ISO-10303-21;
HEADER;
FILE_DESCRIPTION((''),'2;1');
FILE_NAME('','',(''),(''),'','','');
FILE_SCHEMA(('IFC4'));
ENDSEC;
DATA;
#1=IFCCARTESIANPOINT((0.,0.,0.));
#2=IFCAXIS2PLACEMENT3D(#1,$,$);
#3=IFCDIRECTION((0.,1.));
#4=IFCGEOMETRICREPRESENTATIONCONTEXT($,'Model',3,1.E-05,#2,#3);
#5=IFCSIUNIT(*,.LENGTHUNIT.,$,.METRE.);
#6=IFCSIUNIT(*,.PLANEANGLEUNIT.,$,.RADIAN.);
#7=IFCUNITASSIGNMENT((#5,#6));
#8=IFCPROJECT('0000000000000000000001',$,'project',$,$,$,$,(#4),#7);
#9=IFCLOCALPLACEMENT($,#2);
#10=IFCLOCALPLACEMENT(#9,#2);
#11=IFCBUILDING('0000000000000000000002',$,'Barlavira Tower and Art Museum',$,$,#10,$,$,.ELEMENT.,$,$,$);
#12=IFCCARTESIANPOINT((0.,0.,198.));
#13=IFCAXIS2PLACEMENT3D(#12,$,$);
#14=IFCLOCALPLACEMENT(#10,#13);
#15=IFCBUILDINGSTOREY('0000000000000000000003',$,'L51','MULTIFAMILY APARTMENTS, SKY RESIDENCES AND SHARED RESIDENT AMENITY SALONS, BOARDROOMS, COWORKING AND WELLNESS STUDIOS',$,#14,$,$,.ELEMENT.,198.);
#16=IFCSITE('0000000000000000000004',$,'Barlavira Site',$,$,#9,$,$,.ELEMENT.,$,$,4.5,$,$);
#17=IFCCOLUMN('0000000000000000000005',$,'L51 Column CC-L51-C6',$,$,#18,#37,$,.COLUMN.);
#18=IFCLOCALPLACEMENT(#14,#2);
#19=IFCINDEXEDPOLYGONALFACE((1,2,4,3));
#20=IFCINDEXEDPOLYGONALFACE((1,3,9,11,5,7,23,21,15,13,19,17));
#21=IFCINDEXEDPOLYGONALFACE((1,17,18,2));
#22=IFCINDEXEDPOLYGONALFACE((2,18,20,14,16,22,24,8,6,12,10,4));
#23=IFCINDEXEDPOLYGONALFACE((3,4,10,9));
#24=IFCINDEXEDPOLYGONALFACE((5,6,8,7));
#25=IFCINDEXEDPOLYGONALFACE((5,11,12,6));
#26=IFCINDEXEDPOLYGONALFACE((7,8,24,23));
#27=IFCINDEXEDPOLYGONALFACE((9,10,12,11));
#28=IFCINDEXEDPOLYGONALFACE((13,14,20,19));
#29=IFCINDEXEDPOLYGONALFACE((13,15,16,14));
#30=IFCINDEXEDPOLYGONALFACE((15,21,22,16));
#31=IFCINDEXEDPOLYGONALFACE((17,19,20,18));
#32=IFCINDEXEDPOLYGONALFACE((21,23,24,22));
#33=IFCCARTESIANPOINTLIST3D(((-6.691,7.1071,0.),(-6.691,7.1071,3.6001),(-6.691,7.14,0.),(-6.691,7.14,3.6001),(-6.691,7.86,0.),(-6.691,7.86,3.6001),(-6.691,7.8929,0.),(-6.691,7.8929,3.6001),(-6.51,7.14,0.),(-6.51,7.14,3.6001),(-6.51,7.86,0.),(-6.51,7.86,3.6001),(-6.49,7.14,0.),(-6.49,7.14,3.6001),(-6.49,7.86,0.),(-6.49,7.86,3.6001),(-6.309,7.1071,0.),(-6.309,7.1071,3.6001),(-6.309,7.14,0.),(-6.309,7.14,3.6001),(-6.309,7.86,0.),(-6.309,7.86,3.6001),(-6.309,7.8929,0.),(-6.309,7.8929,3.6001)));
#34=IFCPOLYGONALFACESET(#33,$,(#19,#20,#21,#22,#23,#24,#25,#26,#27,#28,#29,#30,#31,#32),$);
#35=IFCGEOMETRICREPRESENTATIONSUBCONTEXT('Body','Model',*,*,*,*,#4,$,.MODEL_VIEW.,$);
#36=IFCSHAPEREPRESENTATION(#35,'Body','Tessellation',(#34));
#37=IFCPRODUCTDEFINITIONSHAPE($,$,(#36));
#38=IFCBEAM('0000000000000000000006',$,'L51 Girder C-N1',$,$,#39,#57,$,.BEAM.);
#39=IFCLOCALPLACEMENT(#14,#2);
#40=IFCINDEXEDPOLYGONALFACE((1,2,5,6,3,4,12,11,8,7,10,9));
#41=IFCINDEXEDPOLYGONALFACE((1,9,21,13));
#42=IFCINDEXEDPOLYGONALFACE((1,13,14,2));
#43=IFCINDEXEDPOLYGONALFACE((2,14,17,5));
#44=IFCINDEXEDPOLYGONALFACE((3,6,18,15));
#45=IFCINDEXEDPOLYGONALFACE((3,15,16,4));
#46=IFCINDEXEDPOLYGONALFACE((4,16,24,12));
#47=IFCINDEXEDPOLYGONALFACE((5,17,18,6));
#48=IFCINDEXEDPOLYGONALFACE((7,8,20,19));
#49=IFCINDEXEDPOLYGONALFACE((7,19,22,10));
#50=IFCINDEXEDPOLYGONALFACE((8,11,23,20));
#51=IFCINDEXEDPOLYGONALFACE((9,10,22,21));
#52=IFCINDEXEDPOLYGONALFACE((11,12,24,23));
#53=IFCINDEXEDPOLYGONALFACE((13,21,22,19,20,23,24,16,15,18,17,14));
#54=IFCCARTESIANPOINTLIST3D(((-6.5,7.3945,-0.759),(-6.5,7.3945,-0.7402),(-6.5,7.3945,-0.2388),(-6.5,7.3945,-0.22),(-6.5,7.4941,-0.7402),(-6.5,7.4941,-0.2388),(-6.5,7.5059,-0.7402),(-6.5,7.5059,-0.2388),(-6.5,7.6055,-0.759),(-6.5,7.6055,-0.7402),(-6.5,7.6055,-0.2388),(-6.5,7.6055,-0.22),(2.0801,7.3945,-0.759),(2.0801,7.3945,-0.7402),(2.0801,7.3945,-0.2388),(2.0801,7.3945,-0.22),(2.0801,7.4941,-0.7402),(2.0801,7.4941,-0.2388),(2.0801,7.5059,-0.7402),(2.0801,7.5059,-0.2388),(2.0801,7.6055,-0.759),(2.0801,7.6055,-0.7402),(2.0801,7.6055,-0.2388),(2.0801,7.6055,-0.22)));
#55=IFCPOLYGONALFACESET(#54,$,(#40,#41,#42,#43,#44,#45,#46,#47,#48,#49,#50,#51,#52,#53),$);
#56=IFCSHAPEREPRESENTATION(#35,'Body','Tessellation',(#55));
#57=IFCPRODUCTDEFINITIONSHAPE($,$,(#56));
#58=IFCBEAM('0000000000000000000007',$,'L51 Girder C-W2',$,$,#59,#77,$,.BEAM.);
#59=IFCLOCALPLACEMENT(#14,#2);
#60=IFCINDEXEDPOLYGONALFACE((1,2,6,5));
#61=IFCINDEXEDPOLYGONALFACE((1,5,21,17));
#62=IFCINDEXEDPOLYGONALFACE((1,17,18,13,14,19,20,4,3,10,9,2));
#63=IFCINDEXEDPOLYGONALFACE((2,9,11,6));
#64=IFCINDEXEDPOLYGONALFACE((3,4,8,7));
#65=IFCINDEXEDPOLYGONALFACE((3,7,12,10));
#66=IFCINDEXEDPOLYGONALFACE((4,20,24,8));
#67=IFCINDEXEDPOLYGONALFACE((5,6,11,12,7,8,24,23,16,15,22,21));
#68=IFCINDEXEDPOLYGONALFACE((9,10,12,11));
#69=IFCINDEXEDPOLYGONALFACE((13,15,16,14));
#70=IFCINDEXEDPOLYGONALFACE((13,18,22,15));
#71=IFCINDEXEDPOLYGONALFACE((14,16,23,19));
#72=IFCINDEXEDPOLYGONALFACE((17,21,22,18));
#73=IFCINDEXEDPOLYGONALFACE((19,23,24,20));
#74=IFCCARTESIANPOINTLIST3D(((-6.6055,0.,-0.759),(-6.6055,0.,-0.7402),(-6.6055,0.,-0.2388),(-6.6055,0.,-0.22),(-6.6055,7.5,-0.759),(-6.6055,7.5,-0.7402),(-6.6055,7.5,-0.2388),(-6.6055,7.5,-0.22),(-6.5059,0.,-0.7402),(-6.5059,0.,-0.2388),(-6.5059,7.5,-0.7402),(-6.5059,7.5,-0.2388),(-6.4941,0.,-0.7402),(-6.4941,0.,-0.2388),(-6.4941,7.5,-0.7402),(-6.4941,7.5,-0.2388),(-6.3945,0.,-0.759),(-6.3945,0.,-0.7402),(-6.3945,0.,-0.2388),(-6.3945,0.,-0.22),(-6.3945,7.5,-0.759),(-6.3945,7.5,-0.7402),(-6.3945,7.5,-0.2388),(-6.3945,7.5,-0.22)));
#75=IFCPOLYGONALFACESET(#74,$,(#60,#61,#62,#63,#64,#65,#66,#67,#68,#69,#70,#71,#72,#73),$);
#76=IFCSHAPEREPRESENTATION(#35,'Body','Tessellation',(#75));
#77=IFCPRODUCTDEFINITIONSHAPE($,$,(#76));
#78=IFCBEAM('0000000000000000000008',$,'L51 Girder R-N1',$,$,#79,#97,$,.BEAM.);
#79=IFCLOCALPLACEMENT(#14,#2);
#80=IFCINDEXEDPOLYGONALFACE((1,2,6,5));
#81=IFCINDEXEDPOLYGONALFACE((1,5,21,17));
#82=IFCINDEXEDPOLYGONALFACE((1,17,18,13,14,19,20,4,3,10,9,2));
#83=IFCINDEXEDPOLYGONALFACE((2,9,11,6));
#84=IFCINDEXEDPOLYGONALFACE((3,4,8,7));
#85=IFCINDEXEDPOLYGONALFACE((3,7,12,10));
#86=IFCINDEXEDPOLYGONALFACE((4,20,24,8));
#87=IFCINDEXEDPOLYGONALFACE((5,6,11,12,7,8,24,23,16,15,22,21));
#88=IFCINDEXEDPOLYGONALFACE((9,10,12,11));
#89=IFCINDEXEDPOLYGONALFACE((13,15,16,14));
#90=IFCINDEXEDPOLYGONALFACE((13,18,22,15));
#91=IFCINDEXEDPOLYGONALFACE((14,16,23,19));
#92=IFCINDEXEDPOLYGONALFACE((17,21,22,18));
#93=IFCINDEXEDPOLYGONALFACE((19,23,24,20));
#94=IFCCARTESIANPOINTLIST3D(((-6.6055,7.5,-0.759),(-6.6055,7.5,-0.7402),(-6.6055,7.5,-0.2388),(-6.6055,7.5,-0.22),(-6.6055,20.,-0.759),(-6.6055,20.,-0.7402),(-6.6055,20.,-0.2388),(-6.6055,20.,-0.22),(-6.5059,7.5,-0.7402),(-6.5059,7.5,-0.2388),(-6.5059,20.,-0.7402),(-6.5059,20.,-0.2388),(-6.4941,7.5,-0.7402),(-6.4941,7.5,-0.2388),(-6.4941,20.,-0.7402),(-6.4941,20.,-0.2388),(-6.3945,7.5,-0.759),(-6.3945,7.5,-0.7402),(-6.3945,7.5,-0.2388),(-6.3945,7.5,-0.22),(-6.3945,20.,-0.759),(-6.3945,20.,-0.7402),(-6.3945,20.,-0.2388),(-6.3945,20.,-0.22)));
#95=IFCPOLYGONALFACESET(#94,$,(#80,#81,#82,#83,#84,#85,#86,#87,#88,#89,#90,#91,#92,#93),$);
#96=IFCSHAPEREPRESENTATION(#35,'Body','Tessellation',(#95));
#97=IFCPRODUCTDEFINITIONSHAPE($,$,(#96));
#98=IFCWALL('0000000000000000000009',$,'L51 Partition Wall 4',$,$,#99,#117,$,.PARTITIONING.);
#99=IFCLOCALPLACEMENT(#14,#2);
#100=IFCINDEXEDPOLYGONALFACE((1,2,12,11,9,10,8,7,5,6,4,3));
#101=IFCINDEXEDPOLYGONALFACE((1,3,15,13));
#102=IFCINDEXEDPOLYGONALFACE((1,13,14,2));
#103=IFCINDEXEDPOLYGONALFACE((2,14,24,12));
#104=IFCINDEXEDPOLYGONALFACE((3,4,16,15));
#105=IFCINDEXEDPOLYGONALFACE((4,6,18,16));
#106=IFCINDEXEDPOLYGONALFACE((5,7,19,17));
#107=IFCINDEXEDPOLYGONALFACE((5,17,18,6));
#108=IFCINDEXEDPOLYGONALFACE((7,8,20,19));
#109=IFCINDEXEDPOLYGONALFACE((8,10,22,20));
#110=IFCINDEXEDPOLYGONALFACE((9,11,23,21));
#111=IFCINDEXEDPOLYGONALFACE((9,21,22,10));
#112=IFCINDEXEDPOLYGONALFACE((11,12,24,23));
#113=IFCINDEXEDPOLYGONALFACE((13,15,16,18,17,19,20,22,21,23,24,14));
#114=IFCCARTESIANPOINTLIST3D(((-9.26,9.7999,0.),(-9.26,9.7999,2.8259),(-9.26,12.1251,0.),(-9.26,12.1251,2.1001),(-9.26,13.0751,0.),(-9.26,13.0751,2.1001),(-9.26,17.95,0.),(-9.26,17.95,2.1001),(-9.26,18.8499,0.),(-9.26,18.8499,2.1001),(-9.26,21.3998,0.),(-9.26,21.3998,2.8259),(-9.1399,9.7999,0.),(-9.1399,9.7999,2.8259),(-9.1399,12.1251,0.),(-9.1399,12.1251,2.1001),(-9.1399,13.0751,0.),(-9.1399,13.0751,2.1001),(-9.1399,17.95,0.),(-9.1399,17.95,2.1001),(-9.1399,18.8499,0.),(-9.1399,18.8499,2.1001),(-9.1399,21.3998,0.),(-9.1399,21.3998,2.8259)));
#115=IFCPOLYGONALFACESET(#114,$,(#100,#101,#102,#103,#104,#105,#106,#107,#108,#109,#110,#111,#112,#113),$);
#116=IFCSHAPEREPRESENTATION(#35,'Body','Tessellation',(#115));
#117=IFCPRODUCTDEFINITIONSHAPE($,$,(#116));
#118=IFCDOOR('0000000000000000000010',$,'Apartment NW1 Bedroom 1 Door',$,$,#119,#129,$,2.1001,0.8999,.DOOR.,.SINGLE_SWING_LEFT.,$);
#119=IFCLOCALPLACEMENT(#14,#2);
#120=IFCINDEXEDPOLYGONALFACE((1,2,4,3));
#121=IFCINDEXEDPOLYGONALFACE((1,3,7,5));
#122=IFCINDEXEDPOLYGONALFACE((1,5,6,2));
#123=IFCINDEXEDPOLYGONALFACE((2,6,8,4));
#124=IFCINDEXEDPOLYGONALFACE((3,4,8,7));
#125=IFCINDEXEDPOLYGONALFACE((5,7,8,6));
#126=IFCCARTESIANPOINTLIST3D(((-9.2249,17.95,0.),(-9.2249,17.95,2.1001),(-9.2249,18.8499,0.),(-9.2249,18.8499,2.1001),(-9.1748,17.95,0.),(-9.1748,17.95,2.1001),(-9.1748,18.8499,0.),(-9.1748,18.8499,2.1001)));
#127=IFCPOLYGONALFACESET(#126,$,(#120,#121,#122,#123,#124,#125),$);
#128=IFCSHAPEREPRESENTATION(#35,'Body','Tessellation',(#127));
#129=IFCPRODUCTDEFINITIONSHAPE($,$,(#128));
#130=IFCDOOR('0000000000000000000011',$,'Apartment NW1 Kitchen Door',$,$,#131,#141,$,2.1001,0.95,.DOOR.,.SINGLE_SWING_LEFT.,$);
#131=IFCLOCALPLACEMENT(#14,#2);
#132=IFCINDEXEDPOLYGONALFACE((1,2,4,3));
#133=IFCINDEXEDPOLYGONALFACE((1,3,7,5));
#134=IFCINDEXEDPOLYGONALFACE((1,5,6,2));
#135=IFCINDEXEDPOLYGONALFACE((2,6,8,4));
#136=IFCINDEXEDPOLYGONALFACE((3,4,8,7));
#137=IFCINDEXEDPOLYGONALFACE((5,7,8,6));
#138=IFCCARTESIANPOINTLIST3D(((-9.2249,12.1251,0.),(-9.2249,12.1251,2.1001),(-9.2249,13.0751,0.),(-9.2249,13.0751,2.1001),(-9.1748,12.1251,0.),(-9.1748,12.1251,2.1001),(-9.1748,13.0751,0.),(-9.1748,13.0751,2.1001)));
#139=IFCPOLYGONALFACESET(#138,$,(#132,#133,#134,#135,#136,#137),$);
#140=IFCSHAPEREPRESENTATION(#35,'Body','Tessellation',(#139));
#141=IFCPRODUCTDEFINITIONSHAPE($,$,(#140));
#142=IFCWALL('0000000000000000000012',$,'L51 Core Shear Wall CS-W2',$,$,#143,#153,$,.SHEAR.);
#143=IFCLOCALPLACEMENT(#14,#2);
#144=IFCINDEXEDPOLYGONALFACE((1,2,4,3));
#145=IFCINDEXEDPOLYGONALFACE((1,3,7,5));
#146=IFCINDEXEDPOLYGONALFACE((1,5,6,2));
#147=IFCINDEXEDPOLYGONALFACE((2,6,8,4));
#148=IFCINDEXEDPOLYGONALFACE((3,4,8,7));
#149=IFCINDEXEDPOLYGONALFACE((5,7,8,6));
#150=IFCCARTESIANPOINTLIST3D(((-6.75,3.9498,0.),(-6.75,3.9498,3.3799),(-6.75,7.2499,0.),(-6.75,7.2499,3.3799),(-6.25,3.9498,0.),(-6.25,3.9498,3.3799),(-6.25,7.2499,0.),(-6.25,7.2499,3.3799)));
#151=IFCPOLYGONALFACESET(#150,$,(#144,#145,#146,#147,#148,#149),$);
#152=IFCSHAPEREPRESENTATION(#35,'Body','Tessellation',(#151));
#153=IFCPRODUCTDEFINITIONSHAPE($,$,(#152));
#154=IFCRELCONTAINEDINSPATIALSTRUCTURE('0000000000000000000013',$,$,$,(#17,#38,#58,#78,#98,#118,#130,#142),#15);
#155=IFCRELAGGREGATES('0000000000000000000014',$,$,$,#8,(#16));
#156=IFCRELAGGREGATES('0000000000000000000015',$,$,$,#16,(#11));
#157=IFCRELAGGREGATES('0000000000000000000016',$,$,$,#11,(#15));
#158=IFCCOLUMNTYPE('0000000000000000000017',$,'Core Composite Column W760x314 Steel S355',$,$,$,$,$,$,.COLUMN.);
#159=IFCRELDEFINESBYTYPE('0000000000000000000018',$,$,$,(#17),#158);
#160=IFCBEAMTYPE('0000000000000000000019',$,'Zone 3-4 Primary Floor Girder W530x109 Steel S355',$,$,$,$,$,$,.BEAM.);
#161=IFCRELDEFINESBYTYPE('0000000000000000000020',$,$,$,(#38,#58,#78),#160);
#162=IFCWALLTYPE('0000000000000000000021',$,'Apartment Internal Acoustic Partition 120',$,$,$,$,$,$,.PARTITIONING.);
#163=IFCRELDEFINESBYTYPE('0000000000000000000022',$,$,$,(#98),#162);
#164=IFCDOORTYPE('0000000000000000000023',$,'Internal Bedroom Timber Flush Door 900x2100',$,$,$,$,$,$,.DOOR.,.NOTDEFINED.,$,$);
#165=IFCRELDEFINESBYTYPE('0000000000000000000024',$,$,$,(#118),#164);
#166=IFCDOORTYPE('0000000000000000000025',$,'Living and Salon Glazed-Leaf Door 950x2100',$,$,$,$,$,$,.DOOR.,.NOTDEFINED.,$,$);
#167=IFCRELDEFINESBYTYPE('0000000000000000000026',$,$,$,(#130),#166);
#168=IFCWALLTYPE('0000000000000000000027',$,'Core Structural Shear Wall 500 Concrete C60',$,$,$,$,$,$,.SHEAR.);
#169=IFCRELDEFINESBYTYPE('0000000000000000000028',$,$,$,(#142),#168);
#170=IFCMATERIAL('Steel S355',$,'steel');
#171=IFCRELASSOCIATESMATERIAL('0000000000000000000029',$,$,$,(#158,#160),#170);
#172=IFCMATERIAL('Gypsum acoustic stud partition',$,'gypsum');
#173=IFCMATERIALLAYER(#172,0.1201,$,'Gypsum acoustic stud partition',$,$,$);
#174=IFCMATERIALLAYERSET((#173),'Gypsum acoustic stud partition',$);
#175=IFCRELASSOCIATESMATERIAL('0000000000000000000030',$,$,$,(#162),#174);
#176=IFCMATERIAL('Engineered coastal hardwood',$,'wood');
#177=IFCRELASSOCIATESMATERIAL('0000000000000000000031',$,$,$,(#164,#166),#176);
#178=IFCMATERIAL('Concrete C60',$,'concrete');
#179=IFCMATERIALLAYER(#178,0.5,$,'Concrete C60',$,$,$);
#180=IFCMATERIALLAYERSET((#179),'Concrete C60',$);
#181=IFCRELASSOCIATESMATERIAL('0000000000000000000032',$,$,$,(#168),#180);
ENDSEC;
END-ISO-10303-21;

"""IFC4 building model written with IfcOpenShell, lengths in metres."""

from ifc_helpers import new_model, si_unit, direction, frame, frame_2d, origin, origin_2d, place, context, subcontext, project, spatial, rectangle, i_section, extrude, material, layer, layer_set, material_profile, profile_set, type_object, element, fill, save


model = new_model("IFC4")

# Units and contexts
model_context = context("Model", 3, precision=1e-05, world=origin(), true_north=direction((0.0, 1.0)))
body_context = subcontext(model_context, "Body", "Model", "MODEL_VIEW")
ifc_project = project(units=[si_unit("LENGTHUNIT", "METRE"), si_unit("PLANEANGLEUNIT", "RADIAN")], contexts=[model_context])

# Site, building, storey
site_placement = place(None, origin())
site = spatial("IfcSite", under=ifc_project, at=site_placement, Name="Barlavira Site", CompositionType="ELEMENT", RefElevation=4.5)
building_placement = place(site_placement, origin())
building = spatial("IfcBuilding", under=site, at=building_placement, Name="Barlavira Tower and Art Museum", CompositionType="ELEMENT")
storey_placement = place(building_placement, frame((0.0, 0.0, 198.0)))
storey = spatial("IfcBuildingStorey", under=building, at=storey_placement, Name="L51", Description="MULTIFAMILY APARTMENTS, SKY RESIDENCES AND SHARED RESIDENT AMENITY SALONS, BOARDROOMS, COWORKING AND WELLNESS STUDIOS", CompositionType="ELEMENT", Elevation=198.0)

# Column
ifc_material_1 = material(Name="Steel S355", Category="steel")
ifc_material_profile_1 = material_profile(ifc_material_1, i_section(OverallWidth=0.3821, OverallDepth=0.7859, WebThickness=0.02, FlangeThickness=0.033, at=origin_2d()), Name="W760x314.0")
ifc_profile_set_1 = profile_set([ifc_material_profile_1], Name="Steel S355")
column_type = type_object("IfcColumnType", Name="Core Composite Column W760x314 Steel S355", PredefinedType="COLUMN", material=ifc_profile_set_1)
column_placement = place(storey_placement, frame((-6.5, 7.5, 0.0), z_axis=(0.0, 0.0, 1.0), x_axis=(1.0, 0.0, 0.0)))
element("IfcColumn", 1, at=column_placement, inside=storey, type_object=column_type, Name="L51 Column CC-L51-C6", PredefinedType="COLUMN", context=body_context, shape_type="SweptSolid", body=[
    extrude(i_section(OverallWidth=0.3821, OverallDepth=0.7859, WebThickness=0.02, FlangeThickness=0.033, at=origin_2d()), origin(), (0.0, 0.0, 1.0), 3.6001),
])

# Beams
ifc_material_profile_2 = material_profile(ifc_material_1, i_section(OverallWidth=0.2109, OverallDepth=0.5391, WebThickness=0.0117, FlangeThickness=0.0188, at=origin_2d()), Name="W530x109.0")
ifc_profile_set_2 = profile_set([ifc_material_profile_2], Name="Steel S355")
beam_type = type_object("IfcBeamType", Name="Zone 3-4 Primary Floor Girder W530x109 Steel S355", PredefinedType="BEAM", material=ifc_profile_set_2)
beam_1_placement = place(storey_placement, frame((-6.5, 7.5, -0.4895), z_axis=(1.0, 0.0, 0.0), x_axis=(0.0, 1.0, 0.0)))
element("IfcBeam", 2, at=beam_1_placement, inside=storey, type_object=beam_type, Name="L51 Girder C-N1", PredefinedType="BEAM", context=body_context, shape_type="SweptSolid", body=[
    extrude(i_section(OverallWidth=0.2109, OverallDepth=0.5391, WebThickness=0.0117, FlangeThickness=0.0188, at=origin_2d()), origin(), (0.0, 0.0, 1.0), 8.5801),
])
beam_2_placement = place(storey_placement, frame((-6.5, 0.0, -0.4895), z_axis=(0.0, 1.0, 0.0), x_axis=(-1.0, 0.0, 0.0)))
element("IfcBeam", 3, at=beam_2_placement, inside=storey, type_object=beam_type, Name="L51 Girder C-W2", PredefinedType="BEAM", context=body_context, shape_type="SweptSolid", body=[
    extrude(i_section(OverallWidth=0.2109, OverallDepth=0.5391, WebThickness=0.0117, FlangeThickness=0.0188, at=origin_2d()), origin(), (0.0, 0.0, 1.0), 7.5),
])
beam_3_placement = place(storey_placement, frame((-6.5, 7.5, -0.4895), z_axis=(0.0, 1.0, 0.0), x_axis=(-1.0, 0.0, 0.0)))
element("IfcBeam", 4, at=beam_3_placement, inside=storey, type_object=beam_type, Name="L51 Girder R-N1", PredefinedType="BEAM", context=body_context, shape_type="SweptSolid", body=[
    extrude(i_section(OverallWidth=0.2109, OverallDepth=0.5391, WebThickness=0.0117, FlangeThickness=0.0188, at=origin_2d()), origin(), (0.0, 0.0, 1.0), 12.5),
])

# Wall, openings, doors
ifc_material_2 = material(Name="Gypsum acoustic stud partition", Category="gypsum")
ifc_layer_1 = layer(ifc_material_2, 0.1201, Name="Gypsum acoustic stud partition")
ifc_layer_set_1 = layer_set([ifc_layer_1], Name="Gypsum acoustic stud partition")
wall_type_1 = type_object("IfcWallType", Name="Apartment Internal Acoustic Partition 120", PredefinedType="PARTITIONING", material=ifc_layer_set_1)
wall_1_placement = place(storey_placement, frame((-9.2, 9.8, 0.0), z_axis=(0.0, 0.0, 1.0), x_axis=(0.0, 1.0, 0.0)))
wall_1 = element("IfcWall", 5, at=wall_1_placement, inside=storey, type_object=wall_type_1, Name="L51 Partition Wall 4", PredefinedType="PARTITIONING", context=body_context, shape_type="SweptSolid", body=[
    extrude(rectangle(XDim=11.5999, YDim=0.1201, at=frame_2d((5.7998, 0.0))), origin(), (0.0, 0.0, 1.0), 2.8259),
])
opening_1_placement = place(wall_1_placement, frame((2.325, 0.0, 0.0)))
opening_1 = element("IfcOpeningElement", 6, at=opening_1_placement, cuts=wall_1, PredefinedType="OPENING", context=body_context, shape_type="SweptSolid", body=[
    extrude(rectangle(XDim=0.95, YDim=2.1001, at=frame_2d((0.4751, 1.05))), frame((0.0, 0.0701, 0.0), z_axis=(0.0, -1.0, 0.0), x_axis=(1.0, 0.0, 0.0)), (0.0, 0.0, 1.0), 0.1401),
])
opening_2_placement = place(wall_1_placement, frame((8.1499, 0.0, 0.0)))
opening_2 = element("IfcOpeningElement", 7, at=opening_2_placement, cuts=wall_1, PredefinedType="OPENING", context=body_context, shape_type="SweptSolid", body=[
    extrude(rectangle(XDim=0.8999, YDim=2.1001, at=frame_2d((0.45, 1.05))), frame((0.0, 0.0701, 0.0), z_axis=(0.0, -1.0, 0.0), x_axis=(1.0, 0.0, 0.0)), (0.0, 0.0, 1.0), 0.1401),
])
ifc_material_3 = material(Name="Engineered coastal hardwood", Category="wood")
door_type_1 = type_object("IfcDoorType", Name="Internal Bedroom Timber Flush Door 900x2100", OperationType="NOTDEFINED", PredefinedType="DOOR", material=ifc_material_3)
door_1_placement = place(opening_2_placement, origin())
door_1 = element("IfcDoor", 8, at=door_1_placement, inside=storey, type_object=door_type_1, Name="Apartment NW1 Bedroom 1 Door", OperationType="SINGLE_SWING_LEFT", OverallHeight=2.1001, OverallWidth=0.8999, PredefinedType="DOOR", context=body_context, shape_type="SweptSolid", body=[
    extrude(rectangle(XDim=0.8999, YDim=2.1001, at=frame_2d((0.45, 1.05))), frame((0.0, 0.0249, 0.0), z_axis=(0.0, -1.0, 0.0), x_axis=(1.0, 0.0, 0.0)), (0.0, 0.0, 1.0), 0.05),
])
fill(opening_2, door_1)
door_type_2 = type_object("IfcDoorType", Name="Living and Salon Glazed-Leaf Door 950x2100", OperationType="NOTDEFINED", PredefinedType="DOOR", material=ifc_material_3)
door_2_placement = place(opening_1_placement, origin())
door_2 = element("IfcDoor", 9, at=door_2_placement, inside=storey, type_object=door_type_2, Name="Apartment NW1 Kitchen Door", OperationType="SINGLE_SWING_LEFT", OverallHeight=2.1001, OverallWidth=0.95, PredefinedType="DOOR", context=body_context, shape_type="SweptSolid", body=[
    extrude(rectangle(XDim=0.95, YDim=2.1001, at=frame_2d((0.4751, 1.05))), frame((0.0, 0.0249, 0.0), z_axis=(0.0, -1.0, 0.0), x_axis=(1.0, 0.0, 0.0)), (0.0, 0.0, 1.0), 0.05),
])
fill(opening_1, door_2)

# Shared definitions
ifc_material_4 = material(Name="Concrete C60", Category="concrete")
ifc_layer_2 = layer(ifc_material_4, 0.5, Name="Concrete C60")
ifc_layer_set_2 = layer_set([ifc_layer_2], Name="Concrete C60")
wall_type_2 = type_object("IfcWallType", Name="Core Structural Shear Wall 500 Concrete C60", PredefinedType="SHEAR", material=ifc_layer_set_2)

# Wall
wall_2_placement = place(storey_placement, frame((-6.5, 3.95, 0.0), z_axis=(0.0, 0.0, 1.0), x_axis=(0.0, 1.0, 0.0)))
element("IfcWall", 10, at=wall_2_placement, inside=storey, type_object=wall_type_2, Name="L51 Core Shear Wall CS-W2", PredefinedType="SHEAR", context=body_context, shape_type="SweptSolid", body=[
    extrude(rectangle(XDim=3.3, YDim=0.5, at=frame_2d((1.6499, 0.0))), origin(), (0.0, 0.0, 1.0), 3.3799),
])

save(model, "model.ifc")
